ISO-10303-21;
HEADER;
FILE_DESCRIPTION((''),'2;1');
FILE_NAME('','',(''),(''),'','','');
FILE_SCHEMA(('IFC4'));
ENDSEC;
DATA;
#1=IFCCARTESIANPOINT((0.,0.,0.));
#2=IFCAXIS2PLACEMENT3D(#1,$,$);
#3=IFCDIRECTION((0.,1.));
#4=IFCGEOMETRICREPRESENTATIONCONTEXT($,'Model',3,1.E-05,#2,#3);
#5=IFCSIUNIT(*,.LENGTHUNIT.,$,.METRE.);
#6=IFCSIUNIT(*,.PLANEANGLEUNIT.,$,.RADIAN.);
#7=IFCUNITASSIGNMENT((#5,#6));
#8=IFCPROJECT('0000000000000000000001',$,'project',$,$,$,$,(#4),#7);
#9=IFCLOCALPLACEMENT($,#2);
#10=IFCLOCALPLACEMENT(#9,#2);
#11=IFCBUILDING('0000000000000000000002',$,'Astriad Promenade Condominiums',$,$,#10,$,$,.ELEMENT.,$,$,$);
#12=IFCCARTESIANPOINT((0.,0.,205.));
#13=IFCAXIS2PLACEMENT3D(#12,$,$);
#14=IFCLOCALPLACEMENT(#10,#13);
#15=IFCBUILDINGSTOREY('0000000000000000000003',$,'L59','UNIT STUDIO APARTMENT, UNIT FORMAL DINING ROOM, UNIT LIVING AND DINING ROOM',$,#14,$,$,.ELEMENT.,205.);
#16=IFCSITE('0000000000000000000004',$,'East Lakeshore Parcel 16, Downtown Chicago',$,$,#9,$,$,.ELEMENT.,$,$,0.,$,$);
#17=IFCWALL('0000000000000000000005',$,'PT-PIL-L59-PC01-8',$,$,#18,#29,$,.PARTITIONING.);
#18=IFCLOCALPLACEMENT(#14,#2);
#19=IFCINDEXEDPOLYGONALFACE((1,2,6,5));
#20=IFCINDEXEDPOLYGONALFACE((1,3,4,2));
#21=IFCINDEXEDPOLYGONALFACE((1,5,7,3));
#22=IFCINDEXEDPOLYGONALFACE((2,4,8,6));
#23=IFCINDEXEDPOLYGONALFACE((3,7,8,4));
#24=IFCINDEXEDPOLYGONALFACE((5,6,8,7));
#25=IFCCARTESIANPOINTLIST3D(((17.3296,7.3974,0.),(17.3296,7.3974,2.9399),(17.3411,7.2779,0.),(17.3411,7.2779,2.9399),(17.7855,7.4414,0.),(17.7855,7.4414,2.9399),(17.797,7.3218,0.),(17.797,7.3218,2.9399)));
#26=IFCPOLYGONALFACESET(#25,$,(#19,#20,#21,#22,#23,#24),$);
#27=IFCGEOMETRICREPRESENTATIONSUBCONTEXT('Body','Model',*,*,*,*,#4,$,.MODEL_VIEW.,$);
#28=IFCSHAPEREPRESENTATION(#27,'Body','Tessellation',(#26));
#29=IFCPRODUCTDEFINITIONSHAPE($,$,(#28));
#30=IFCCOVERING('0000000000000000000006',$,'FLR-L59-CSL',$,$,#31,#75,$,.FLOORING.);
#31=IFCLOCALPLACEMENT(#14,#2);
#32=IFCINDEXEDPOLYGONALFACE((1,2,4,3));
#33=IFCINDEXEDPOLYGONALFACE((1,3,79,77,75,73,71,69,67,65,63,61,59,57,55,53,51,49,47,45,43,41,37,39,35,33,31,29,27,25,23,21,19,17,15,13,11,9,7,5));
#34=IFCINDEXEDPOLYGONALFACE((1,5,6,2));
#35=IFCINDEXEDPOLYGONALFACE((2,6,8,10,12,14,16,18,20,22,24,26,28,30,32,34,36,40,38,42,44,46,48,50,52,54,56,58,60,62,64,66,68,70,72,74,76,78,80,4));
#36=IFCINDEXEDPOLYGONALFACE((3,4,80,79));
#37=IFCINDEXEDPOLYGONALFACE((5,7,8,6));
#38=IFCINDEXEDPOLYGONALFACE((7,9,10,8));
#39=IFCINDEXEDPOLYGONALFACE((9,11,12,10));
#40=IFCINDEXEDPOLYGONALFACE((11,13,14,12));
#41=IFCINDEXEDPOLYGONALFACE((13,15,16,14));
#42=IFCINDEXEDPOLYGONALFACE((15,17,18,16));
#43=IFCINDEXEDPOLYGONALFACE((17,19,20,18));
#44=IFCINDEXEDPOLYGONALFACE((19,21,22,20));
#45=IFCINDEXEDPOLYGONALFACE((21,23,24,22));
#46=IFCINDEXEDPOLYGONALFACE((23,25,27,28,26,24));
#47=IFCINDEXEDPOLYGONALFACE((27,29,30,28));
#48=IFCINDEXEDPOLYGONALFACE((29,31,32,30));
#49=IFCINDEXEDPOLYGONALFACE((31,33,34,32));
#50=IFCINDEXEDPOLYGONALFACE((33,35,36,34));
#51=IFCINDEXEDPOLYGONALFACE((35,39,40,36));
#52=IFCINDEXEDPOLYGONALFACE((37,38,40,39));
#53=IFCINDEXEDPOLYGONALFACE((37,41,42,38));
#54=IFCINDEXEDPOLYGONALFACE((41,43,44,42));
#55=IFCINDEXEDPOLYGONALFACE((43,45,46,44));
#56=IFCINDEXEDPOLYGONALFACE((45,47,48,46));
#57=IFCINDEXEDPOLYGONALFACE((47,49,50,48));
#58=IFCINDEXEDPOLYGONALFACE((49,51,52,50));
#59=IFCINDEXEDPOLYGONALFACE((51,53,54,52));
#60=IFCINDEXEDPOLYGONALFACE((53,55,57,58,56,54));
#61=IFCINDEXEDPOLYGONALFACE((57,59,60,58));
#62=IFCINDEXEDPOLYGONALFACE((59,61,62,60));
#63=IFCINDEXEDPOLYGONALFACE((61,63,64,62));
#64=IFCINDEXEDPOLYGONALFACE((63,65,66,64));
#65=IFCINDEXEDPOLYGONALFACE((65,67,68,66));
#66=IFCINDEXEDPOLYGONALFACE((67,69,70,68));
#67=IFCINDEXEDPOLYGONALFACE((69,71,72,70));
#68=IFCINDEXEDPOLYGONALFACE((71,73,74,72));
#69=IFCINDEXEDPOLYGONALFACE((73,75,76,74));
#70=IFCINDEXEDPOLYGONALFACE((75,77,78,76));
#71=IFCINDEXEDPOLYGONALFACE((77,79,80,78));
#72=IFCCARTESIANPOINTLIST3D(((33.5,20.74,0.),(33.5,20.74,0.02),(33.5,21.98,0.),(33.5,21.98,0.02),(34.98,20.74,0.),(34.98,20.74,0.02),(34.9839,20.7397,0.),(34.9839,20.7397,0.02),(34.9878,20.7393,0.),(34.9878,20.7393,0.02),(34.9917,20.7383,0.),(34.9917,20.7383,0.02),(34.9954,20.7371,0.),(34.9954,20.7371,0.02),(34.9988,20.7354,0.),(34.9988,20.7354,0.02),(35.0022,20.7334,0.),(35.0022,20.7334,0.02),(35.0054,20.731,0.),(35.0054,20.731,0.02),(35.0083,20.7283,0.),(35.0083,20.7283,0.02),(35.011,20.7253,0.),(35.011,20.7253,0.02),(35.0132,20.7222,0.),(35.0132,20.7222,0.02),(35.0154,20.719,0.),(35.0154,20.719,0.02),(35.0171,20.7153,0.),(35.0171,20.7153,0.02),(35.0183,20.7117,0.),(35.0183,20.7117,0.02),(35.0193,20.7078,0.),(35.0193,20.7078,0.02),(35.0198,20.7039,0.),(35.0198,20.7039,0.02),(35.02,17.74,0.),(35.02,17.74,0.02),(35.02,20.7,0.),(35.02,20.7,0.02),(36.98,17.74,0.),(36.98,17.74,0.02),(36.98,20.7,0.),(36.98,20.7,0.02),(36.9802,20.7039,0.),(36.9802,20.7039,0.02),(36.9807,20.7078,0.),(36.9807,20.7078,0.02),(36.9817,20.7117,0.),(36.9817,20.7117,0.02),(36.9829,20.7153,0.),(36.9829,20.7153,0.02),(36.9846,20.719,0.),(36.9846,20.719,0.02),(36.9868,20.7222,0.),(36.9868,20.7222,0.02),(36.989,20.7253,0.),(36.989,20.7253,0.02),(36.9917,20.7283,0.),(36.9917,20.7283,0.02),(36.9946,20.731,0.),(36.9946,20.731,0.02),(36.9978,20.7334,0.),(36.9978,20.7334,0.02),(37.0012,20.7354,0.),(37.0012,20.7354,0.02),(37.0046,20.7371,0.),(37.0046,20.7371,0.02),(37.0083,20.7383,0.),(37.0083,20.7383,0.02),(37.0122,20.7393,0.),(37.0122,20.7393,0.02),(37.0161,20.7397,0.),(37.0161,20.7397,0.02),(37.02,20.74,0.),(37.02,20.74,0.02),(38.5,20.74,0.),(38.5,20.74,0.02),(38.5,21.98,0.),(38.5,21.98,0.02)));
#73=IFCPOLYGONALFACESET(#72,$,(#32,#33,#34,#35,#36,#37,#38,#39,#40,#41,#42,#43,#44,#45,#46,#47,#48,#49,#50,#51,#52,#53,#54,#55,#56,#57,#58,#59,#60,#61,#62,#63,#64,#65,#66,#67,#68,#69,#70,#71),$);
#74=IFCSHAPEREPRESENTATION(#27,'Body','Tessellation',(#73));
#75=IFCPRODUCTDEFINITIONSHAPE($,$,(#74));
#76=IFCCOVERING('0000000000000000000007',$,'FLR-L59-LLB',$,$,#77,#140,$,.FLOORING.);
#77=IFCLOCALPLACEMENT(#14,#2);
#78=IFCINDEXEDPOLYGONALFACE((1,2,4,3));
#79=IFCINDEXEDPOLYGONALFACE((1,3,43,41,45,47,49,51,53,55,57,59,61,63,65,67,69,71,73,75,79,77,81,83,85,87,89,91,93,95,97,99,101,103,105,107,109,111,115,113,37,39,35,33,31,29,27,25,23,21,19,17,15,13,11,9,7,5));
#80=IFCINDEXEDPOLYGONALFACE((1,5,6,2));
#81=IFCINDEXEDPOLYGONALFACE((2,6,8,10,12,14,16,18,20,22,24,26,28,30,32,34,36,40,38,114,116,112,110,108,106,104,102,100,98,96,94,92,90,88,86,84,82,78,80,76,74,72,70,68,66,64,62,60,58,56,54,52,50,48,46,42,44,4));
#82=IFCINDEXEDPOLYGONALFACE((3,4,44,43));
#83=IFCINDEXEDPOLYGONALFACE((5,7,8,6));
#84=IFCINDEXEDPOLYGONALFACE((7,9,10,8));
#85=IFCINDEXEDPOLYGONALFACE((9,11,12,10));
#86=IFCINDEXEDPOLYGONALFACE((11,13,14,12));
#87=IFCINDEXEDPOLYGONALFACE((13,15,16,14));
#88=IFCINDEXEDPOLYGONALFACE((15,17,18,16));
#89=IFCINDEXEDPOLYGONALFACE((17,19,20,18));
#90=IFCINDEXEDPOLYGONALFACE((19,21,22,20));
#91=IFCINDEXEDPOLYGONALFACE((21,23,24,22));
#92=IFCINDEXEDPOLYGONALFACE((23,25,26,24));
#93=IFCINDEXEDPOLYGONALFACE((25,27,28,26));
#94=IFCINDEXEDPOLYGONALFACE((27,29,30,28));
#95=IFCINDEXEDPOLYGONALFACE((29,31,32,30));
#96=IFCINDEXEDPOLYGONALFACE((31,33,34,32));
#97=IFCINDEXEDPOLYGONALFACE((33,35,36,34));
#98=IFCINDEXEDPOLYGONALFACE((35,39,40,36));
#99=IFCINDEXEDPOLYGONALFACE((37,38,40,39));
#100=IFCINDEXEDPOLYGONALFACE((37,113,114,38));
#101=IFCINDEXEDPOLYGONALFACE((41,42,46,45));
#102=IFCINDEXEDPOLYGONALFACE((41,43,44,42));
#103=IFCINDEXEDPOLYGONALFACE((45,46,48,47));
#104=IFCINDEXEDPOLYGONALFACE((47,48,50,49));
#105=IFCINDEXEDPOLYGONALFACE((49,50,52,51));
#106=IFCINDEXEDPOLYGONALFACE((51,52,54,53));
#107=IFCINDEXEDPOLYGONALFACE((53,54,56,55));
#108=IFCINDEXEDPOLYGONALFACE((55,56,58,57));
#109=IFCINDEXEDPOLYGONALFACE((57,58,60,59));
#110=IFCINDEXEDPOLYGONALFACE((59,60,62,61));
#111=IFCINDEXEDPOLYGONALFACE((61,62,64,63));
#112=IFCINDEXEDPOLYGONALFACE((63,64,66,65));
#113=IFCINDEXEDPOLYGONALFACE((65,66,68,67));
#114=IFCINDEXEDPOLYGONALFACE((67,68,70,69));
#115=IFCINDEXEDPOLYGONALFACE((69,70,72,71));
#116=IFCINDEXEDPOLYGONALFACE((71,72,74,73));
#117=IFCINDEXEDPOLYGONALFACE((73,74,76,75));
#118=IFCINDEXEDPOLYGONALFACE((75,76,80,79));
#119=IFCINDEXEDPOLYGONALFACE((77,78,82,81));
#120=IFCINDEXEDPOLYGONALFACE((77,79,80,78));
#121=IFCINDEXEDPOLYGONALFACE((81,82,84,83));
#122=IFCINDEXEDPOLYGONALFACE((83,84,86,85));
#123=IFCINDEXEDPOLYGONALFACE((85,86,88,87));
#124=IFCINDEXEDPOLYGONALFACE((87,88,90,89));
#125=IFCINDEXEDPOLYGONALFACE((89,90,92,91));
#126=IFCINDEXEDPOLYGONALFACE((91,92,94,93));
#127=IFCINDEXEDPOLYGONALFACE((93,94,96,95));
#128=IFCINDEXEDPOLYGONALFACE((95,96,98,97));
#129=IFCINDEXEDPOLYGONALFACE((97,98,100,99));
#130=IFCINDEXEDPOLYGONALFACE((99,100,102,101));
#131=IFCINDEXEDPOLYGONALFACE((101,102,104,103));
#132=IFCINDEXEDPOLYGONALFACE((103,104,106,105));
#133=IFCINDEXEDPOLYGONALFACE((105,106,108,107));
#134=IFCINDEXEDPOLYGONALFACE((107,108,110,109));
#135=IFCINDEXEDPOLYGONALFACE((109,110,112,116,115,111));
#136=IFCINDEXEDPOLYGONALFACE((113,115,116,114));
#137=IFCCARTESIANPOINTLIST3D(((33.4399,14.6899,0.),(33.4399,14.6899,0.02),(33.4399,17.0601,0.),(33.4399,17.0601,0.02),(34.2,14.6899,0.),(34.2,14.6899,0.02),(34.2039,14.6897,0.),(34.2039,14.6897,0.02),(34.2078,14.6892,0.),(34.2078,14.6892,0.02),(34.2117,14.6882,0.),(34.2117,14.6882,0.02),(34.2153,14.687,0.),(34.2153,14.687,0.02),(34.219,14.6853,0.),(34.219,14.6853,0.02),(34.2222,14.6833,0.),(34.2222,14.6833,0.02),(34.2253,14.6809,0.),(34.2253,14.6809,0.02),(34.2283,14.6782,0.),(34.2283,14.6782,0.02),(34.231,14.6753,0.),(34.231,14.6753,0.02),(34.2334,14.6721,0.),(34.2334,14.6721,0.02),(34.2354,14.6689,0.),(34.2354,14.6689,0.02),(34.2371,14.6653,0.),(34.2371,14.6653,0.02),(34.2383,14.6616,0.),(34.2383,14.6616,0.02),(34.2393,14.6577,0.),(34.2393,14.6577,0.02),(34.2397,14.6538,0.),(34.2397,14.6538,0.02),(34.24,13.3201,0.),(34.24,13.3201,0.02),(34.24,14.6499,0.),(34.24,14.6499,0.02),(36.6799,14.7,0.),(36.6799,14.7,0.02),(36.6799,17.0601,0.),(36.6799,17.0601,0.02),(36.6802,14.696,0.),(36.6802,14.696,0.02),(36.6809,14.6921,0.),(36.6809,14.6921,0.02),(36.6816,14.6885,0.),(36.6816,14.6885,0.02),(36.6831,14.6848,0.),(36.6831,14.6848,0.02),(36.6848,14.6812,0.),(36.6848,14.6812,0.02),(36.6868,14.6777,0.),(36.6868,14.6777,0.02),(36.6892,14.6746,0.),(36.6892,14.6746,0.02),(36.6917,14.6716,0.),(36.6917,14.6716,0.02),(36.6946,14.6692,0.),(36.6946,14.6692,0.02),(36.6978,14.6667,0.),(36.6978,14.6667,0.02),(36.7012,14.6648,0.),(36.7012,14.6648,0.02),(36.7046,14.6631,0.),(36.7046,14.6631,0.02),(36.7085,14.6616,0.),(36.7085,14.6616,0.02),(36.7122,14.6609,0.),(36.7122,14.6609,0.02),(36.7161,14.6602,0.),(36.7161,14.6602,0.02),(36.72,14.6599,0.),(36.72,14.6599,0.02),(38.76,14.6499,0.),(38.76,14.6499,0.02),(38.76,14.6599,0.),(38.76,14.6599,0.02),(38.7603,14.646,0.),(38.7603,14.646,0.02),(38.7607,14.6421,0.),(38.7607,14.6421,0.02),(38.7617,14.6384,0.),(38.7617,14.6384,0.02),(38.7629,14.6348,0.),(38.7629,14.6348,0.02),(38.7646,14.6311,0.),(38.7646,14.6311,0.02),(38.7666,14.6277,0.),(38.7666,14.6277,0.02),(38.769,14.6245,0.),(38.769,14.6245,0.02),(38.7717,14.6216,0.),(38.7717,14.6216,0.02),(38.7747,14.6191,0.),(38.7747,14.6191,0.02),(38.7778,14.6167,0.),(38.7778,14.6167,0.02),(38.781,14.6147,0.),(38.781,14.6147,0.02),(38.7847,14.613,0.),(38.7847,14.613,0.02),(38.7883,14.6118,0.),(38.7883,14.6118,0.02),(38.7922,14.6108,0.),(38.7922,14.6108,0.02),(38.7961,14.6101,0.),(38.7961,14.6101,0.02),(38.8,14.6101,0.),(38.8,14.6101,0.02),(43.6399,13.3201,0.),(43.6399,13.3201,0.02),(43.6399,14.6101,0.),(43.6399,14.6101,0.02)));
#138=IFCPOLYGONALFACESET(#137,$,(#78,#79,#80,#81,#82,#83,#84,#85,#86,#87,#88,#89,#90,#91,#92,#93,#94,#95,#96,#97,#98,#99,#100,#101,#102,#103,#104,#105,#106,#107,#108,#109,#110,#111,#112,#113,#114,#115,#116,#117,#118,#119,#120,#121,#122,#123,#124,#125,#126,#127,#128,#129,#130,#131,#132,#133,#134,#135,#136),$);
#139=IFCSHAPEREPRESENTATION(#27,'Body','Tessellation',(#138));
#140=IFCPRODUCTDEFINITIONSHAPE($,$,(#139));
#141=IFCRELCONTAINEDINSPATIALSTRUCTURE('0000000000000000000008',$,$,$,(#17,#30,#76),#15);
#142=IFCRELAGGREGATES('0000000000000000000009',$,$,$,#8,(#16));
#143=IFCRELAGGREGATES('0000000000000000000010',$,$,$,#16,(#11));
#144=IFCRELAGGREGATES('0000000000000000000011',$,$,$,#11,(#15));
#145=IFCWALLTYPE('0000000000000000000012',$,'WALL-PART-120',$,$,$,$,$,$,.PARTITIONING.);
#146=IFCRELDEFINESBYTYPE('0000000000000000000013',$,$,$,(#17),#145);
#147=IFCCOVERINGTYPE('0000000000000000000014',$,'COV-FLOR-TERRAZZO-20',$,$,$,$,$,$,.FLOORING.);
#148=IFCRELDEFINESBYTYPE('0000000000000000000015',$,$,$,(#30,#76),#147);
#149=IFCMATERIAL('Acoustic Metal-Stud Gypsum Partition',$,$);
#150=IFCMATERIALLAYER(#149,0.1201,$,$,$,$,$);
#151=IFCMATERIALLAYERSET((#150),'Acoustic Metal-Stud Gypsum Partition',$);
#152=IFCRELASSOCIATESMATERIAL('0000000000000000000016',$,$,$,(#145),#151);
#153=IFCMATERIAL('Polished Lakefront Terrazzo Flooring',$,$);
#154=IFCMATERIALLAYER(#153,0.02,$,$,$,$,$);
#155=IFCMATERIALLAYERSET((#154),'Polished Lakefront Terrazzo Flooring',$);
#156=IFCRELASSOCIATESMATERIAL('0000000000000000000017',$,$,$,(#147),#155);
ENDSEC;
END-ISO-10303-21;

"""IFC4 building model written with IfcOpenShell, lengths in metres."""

from ifc_helpers import new_model, si_unit, direction, frame, frame_2d, origin, place, context, subcontext, project, spatial, polyline, rectangle, outline, extrude, material, layer, layer_set, type_object, element, save


model = new_model("IFC4")

# Units and contexts
model_context = context("Model", 3, precision=1e-05, world=origin(), true_north=direction((0.0, 1.0)))
body_context = subcontext(model_context, "Body", "Model", "MODEL_VIEW")
ifc_project = project(units=[si_unit("LENGTHUNIT", "METRE"), si_unit("PLANEANGLEUNIT", "RADIAN")], contexts=[model_context])

# Site, building, storey
site_placement = place(None, origin())
site = spatial("IfcSite", under=ifc_project, at=site_placement, Name="East Lakeshore Parcel 16, Downtown Chicago", CompositionType="ELEMENT", RefElevation=0.0)
building_placement = place(site_placement, origin())
building = spatial("IfcBuilding", under=site, at=building_placement, Name="Astriad Promenade Condominiums", CompositionType="ELEMENT")
storey_placement = place(building_placement, frame((0.0, 0.0, 205.0)))
storey = spatial("IfcBuildingStorey", under=building, at=storey_placement, Name="L59", Description="UNIT STUDIO APARTMENT, UNIT FORMAL DINING ROOM, UNIT LIVING AND DINING ROOM", CompositionType="ELEMENT", Elevation=205.0)

# Shared definitions
ifc_material_1 = material(Name="Acoustic Metal-Stud Gypsum Partition")
ifc_layer_1 = layer(ifc_material_1, 0.1201)
ifc_layer_set_1 = layer_set([ifc_layer_1], Name="Acoustic Metal-Stud Gypsum Partition")
wall_type_1 = type_object("IfcWallType", Name="WALL-PART-120", PredefinedType="PARTITIONING", material=ifc_layer_set_1)

# Wall
wall_1_placement = place(storey_placement, frame((17.7913, 7.3816, 0.0), z_axis=(0.0, 0.0, 1.0), x_axis=(-0.995385, -0.095966, 0.0)))
element("IfcWall", 1, at=wall_1_placement, inside=storey, type_object=wall_type_1, Name="PT-PIL-L59-PC01-8", PredefinedType="PARTITIONING", context=body_context, shape_type="SweptSolid", body=[
    extrude(rectangle(XDim=0.458, YDim=0.1201, at=frame_2d((0.229, 0.0))), origin(), (0.0, 0.0, 1.0), 2.9399),
])

# Coverings
ifc_material_2 = material(Name="Polished Lakefront Terrazzo Flooring")
ifc_layer_2 = layer(ifc_material_2, 0.02)
ifc_layer_set_2 = layer_set([ifc_layer_2], Name="Polished Lakefront Terrazzo Flooring")
covering_type = type_object("IfcCoveringType", Name="COV-FLOR-TERRAZZO-20", PredefinedType="FLOORING", material=ifc_layer_set_2)
covering_1_placement = place(storey_placement, origin())
element("IfcCovering", 2, at=covering_1_placement, inside=storey, type_object=covering_type, Name="FLR-L59-CSL", PredefinedType="FLOORING", context=body_context, shape_type="SweptSolid", body=[
    extrude(outline(polyline([(36.98, 20.7), (36.98, 17.74), (35.02, 17.74), (35.02, 20.7), (35.0198, 20.7039), (35.0193, 20.7078), (35.0183, 20.7117), (35.0171, 20.7153), (35.0154, 20.719), (35.0132, 20.7222), (35.011, 20.7253), (35.0083, 20.7283), (35.0054, 20.731), (35.0022, 20.7334), (34.9988, 20.7354), (34.9954, 20.7371), (34.9917, 20.7383), (34.9878, 20.7393), (34.9839, 20.7397), (34.98, 20.74), (33.5, 20.74), (33.5, 21.98), (38.5, 21.98), (38.5, 20.74), (37.02, 20.74), (37.0161, 20.7397), (37.0122, 20.7393), (37.0083, 20.7383), (37.0046, 20.7371), (37.0012, 20.7354), (36.9978, 20.7334), (36.9946, 20.731), (36.9917, 20.7283), (36.989, 20.7253), (36.9868, 20.7222), (36.9846, 20.719), (36.9829, 20.7153), (36.9817, 20.7117), (36.9807, 20.7078), (36.9802, 20.7039), (36.98, 20.7)])), origin(), (0.0, 0.0, 1.0), 0.02),
])
covering_2_placement = place(storey_placement, origin())
element("IfcCovering", 3, at=covering_2_placement, inside=storey, type_object=covering_type, Name="FLR-L59-LLB", PredefinedType="FLOORING", context=body_context, shape_type="SweptSolid", body=[
    extrude(outline(polyline([(43.6399, 14.6101), (43.6399, 13.3201), (34.24, 13.3201), (34.24, 14.6499), (34.2397, 14.6538), (34.2393, 14.6577), (34.2383, 14.6616), (34.2371, 14.6653), (34.2354, 14.6689), (34.2334, 14.6721), (34.231, 14.6753), (34.2283, 14.6782), (34.2253, 14.6809), (34.2222, 14.6833), (34.219, 14.6853), (34.2153, 14.687), (34.2117, 14.6882), (34.2078, 14.6892), (34.2039, 14.6897), (34.2, 14.6899), (33.4399, 14.6899), (33.4399, 17.0601), (36.6799, 17.0601), (36.6799, 14.7), (36.6802, 14.696), (36.6809, 14.6921), (36.6816, 14.6885), (36.6831, 14.6848), (36.6848, 14.6812), (36.6868, 14.6777), (36.6892, 14.6746), (36.6917, 14.6716), (36.6946, 14.6692), (36.6978, 14.6667), (36.7012, 14.6648), (36.7046, 14.6631), (36.7085, 14.6616), (36.7122, 14.6609), (36.7161, 14.6602), (36.72, 14.6599), (38.76, 14.6599), (38.76, 14.6499), (38.7603, 14.646), (38.7607, 14.6421), (38.7617, 14.6384), (38.7629, 14.6348), (38.7646, 14.6311), (38.7666, 14.6277), (38.769, 14.6245), (38.7717, 14.6216), (38.7747, 14.6191), (38.7778, 14.6167), (38.781, 14.6147), (38.7847, 14.613), (38.7883, 14.6118), (38.7922, 14.6108), (38.7961, 14.6101), (38.8, 14.6101), (43.6399, 14.6101)])), origin(), (0.0, 0.0, 1.0), 0.02),
])

save(model, "model.ifc")
